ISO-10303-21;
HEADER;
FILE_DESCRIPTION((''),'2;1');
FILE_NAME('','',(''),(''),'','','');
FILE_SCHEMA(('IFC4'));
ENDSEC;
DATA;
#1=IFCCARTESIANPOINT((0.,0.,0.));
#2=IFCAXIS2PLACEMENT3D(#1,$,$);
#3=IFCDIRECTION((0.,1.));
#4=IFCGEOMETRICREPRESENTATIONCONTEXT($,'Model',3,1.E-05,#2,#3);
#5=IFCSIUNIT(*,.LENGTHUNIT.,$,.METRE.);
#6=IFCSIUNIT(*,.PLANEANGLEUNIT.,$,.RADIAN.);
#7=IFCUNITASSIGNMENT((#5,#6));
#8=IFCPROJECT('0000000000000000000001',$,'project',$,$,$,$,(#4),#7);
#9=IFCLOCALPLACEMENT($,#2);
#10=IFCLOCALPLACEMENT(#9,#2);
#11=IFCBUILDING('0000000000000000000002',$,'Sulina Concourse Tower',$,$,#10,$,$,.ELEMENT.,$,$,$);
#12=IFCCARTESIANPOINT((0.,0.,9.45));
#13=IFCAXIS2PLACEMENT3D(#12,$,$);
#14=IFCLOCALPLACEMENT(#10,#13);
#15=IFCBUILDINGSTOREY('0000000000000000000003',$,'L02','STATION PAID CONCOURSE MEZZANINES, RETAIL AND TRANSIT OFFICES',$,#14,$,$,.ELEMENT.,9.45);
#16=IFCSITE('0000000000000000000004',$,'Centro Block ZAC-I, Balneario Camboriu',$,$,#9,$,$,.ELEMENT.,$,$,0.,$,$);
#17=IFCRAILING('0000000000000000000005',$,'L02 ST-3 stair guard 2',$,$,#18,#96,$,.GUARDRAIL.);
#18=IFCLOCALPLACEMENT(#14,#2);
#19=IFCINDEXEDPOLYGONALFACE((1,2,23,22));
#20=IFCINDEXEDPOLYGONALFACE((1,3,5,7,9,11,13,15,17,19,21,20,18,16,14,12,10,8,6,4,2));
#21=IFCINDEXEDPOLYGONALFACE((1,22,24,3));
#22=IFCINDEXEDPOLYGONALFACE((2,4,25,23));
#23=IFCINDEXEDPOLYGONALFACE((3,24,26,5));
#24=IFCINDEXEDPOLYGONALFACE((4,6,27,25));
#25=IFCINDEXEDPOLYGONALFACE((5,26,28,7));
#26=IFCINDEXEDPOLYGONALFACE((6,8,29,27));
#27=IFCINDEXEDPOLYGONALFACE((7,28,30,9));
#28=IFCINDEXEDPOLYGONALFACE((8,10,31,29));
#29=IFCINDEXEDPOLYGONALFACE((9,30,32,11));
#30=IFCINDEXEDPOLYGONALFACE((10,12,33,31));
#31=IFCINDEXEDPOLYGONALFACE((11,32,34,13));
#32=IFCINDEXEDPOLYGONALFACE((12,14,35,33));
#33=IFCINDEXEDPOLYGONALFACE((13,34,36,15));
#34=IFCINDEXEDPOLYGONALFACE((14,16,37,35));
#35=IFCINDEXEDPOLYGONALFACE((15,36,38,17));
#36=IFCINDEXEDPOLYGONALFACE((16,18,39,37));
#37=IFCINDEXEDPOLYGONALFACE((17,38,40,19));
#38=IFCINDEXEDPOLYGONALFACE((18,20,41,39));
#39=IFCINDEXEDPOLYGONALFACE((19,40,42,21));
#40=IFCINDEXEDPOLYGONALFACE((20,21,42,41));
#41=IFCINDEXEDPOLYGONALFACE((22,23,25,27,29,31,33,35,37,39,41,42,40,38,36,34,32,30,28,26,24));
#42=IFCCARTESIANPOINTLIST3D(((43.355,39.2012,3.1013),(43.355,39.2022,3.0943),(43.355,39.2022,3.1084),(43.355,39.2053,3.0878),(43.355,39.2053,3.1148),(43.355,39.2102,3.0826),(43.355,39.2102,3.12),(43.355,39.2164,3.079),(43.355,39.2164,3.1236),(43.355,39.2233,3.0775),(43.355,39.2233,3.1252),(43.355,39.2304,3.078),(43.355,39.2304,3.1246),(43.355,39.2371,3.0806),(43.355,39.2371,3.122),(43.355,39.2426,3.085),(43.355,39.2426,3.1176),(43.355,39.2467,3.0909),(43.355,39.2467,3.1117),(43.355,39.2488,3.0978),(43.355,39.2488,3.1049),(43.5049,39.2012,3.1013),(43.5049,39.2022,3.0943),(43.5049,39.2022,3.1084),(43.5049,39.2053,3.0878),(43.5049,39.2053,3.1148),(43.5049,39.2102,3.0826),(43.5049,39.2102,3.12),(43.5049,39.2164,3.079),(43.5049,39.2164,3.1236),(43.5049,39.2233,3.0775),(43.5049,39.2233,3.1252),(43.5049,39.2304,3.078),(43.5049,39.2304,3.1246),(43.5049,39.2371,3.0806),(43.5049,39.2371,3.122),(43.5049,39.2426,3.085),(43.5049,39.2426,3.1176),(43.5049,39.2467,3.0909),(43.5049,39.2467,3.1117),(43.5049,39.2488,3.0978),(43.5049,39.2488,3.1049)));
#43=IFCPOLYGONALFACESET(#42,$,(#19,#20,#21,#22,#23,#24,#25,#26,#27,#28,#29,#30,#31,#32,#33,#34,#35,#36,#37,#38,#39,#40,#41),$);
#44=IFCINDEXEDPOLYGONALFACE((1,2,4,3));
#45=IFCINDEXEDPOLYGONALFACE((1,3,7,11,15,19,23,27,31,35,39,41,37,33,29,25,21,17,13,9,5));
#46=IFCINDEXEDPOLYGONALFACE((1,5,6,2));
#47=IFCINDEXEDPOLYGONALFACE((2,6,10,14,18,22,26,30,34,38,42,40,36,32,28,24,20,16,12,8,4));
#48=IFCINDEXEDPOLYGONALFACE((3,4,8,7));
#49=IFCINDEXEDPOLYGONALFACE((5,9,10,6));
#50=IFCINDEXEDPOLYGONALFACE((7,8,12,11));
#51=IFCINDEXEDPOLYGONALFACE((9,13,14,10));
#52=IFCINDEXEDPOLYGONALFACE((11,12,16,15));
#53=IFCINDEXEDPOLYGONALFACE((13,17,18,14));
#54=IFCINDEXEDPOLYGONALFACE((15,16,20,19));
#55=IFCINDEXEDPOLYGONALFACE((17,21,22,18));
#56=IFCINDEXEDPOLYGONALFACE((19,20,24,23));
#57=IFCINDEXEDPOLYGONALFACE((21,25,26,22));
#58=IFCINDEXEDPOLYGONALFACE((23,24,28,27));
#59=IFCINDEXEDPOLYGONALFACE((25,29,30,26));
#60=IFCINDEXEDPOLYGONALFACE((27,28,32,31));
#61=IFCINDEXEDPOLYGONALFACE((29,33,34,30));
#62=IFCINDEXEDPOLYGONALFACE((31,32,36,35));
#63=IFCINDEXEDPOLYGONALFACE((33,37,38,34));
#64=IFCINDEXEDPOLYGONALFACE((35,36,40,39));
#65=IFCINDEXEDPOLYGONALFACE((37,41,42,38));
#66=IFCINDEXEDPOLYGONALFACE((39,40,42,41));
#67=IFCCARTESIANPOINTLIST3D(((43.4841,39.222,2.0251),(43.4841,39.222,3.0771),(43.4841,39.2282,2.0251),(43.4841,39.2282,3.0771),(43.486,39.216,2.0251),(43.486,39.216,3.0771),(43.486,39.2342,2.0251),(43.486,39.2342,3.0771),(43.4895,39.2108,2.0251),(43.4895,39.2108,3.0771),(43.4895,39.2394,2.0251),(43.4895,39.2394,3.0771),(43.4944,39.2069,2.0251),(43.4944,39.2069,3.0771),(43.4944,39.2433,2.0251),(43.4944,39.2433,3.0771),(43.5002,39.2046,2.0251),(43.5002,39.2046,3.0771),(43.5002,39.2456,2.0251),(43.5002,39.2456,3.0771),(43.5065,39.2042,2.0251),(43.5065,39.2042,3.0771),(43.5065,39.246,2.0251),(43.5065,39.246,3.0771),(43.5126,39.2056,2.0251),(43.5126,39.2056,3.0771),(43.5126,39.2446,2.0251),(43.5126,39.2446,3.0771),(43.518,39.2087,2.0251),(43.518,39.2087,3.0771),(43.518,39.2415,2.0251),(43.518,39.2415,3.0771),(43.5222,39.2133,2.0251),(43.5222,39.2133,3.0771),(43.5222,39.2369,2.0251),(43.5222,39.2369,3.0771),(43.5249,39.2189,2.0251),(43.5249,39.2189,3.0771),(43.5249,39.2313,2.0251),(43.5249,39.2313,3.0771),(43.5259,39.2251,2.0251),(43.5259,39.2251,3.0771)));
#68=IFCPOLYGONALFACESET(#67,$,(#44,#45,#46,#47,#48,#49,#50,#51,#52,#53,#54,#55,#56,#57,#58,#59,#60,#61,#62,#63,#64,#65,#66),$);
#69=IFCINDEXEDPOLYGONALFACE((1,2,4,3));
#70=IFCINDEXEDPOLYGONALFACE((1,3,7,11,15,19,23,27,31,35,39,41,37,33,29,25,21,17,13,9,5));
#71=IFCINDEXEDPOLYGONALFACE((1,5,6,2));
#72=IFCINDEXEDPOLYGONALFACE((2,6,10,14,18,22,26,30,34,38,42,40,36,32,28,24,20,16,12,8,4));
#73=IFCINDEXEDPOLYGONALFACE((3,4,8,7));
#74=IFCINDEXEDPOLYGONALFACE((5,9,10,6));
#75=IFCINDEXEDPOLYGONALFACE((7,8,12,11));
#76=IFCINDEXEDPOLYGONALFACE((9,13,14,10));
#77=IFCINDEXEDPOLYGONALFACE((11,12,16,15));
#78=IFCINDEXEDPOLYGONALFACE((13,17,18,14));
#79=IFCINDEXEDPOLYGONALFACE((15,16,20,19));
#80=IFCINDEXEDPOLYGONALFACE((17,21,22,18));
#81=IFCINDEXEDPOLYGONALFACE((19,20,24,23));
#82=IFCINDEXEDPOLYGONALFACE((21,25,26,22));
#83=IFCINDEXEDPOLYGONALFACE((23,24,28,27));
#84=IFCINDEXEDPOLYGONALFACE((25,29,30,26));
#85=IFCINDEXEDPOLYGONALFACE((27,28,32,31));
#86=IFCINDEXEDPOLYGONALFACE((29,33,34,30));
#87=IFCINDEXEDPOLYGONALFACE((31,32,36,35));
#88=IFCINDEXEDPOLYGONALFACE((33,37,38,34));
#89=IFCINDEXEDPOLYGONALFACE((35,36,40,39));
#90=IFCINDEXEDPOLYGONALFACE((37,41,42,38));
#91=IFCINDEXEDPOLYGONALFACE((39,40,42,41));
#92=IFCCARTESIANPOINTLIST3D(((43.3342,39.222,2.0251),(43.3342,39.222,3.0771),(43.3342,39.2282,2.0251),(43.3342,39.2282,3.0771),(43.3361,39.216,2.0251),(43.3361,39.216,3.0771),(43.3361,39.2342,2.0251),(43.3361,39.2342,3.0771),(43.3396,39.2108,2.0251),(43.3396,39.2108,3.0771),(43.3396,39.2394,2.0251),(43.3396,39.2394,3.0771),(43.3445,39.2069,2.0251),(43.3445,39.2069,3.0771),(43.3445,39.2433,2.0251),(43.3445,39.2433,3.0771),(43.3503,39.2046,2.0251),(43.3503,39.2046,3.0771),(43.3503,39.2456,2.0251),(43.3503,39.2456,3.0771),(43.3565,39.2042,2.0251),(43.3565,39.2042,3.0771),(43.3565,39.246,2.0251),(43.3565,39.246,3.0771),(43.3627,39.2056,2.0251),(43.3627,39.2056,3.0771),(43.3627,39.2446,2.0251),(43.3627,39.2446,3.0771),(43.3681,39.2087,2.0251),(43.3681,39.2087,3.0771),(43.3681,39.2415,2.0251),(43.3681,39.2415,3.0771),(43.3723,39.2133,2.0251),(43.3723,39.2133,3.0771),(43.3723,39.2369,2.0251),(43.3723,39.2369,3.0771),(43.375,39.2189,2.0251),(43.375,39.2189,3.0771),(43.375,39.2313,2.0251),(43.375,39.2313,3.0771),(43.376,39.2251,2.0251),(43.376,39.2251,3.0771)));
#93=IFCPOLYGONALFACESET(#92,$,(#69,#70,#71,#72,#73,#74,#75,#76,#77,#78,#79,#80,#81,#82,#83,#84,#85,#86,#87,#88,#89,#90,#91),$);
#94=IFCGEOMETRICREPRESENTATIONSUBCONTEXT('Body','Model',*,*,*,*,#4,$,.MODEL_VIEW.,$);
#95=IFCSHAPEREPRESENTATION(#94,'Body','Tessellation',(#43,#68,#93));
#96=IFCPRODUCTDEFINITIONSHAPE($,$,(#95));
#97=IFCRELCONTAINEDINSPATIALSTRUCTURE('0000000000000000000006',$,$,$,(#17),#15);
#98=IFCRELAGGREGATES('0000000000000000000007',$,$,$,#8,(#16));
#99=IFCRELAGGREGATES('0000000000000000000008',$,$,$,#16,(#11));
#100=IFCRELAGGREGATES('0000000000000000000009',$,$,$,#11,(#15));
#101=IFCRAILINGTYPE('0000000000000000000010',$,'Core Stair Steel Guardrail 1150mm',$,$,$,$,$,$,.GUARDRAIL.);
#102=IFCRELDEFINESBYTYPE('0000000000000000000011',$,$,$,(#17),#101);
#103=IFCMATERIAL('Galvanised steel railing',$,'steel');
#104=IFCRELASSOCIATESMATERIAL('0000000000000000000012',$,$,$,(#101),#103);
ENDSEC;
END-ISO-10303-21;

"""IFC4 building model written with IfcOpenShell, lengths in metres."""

from ifc_helpers import new_model, si_unit, direction, frame, origin, origin_2d, place, context, subcontext, project, spatial, circle, extrude, material, type_object, element, save


model = new_model("IFC4")

# Units and contexts
model_context = context("Model", 3, precision=1e-05, world=origin(), true_north=direction((0.0, 1.0)))
body_context = subcontext(model_context, "Body", "Model", "MODEL_VIEW")
ifc_project = project(units=[si_unit("LENGTHUNIT", "METRE"), si_unit("PLANEANGLEUNIT", "RADIAN")], contexts=[model_context])

# Site, building, storey
site_placement = place(None, origin())
site = spatial("IfcSite", under=ifc_project, at=site_placement, Name="Centro Block ZAC-I, Balneario Camboriu", CompositionType="ELEMENT", RefElevation=0.0)
building_placement = place(site_placement, origin())
building = spatial("IfcBuilding", under=site, at=building_placement, Name="Sulina Concourse Tower", CompositionType="ELEMENT")
storey_placement = place(building_placement, frame((0.0, 0.0, 9.45)))
storey = spatial("IfcBuildingStorey", under=building, at=storey_placement, Name="L02", Description="STATION PAID CONCOURSE MEZZANINES, RETAIL AND TRANSIT OFFICES", CompositionType="ELEMENT", Elevation=9.45)

# Railing
ifc_material_1 = material(Name="Galvanised steel railing", Category="steel")
railing_type_1 = type_object("IfcRailingType", Name="Core Stair Steel Guardrail 1150mm", PredefinedType="GUARDRAIL", material=ifc_material_1)
railing_1_placement = place(storey_placement, frame((43.5049, 39.2251, 2.0251)))
element("IfcRailing", 1, at=railing_1_placement, inside=storey, type_object=railing_type_1, Name="L02 ST-3 stair guard 2", PredefinedType="GUARDRAIL", context=body_context, shape_type="SweptSolid", body=[
    extrude(circle(Radius=0.0239, at=origin_2d()), frame((0.0, 0.0, 1.0762), z_axis=(-1.0, 0.0, 0.0), x_axis=(0.0, -1.0, 0.0)), (0.0, 0.0, 1.0), 0.1499),
    extrude(circle(Radius=0.021, at=origin_2d()), origin(), (0.0, 0.0, 1.0), 1.052),
    extrude(circle(Radius=0.021, at=origin_2d()), frame((-0.1499, 0.0, 0.0)), (0.0, 0.0, 1.0), 1.052),
])

save(model, "model.ifc")
